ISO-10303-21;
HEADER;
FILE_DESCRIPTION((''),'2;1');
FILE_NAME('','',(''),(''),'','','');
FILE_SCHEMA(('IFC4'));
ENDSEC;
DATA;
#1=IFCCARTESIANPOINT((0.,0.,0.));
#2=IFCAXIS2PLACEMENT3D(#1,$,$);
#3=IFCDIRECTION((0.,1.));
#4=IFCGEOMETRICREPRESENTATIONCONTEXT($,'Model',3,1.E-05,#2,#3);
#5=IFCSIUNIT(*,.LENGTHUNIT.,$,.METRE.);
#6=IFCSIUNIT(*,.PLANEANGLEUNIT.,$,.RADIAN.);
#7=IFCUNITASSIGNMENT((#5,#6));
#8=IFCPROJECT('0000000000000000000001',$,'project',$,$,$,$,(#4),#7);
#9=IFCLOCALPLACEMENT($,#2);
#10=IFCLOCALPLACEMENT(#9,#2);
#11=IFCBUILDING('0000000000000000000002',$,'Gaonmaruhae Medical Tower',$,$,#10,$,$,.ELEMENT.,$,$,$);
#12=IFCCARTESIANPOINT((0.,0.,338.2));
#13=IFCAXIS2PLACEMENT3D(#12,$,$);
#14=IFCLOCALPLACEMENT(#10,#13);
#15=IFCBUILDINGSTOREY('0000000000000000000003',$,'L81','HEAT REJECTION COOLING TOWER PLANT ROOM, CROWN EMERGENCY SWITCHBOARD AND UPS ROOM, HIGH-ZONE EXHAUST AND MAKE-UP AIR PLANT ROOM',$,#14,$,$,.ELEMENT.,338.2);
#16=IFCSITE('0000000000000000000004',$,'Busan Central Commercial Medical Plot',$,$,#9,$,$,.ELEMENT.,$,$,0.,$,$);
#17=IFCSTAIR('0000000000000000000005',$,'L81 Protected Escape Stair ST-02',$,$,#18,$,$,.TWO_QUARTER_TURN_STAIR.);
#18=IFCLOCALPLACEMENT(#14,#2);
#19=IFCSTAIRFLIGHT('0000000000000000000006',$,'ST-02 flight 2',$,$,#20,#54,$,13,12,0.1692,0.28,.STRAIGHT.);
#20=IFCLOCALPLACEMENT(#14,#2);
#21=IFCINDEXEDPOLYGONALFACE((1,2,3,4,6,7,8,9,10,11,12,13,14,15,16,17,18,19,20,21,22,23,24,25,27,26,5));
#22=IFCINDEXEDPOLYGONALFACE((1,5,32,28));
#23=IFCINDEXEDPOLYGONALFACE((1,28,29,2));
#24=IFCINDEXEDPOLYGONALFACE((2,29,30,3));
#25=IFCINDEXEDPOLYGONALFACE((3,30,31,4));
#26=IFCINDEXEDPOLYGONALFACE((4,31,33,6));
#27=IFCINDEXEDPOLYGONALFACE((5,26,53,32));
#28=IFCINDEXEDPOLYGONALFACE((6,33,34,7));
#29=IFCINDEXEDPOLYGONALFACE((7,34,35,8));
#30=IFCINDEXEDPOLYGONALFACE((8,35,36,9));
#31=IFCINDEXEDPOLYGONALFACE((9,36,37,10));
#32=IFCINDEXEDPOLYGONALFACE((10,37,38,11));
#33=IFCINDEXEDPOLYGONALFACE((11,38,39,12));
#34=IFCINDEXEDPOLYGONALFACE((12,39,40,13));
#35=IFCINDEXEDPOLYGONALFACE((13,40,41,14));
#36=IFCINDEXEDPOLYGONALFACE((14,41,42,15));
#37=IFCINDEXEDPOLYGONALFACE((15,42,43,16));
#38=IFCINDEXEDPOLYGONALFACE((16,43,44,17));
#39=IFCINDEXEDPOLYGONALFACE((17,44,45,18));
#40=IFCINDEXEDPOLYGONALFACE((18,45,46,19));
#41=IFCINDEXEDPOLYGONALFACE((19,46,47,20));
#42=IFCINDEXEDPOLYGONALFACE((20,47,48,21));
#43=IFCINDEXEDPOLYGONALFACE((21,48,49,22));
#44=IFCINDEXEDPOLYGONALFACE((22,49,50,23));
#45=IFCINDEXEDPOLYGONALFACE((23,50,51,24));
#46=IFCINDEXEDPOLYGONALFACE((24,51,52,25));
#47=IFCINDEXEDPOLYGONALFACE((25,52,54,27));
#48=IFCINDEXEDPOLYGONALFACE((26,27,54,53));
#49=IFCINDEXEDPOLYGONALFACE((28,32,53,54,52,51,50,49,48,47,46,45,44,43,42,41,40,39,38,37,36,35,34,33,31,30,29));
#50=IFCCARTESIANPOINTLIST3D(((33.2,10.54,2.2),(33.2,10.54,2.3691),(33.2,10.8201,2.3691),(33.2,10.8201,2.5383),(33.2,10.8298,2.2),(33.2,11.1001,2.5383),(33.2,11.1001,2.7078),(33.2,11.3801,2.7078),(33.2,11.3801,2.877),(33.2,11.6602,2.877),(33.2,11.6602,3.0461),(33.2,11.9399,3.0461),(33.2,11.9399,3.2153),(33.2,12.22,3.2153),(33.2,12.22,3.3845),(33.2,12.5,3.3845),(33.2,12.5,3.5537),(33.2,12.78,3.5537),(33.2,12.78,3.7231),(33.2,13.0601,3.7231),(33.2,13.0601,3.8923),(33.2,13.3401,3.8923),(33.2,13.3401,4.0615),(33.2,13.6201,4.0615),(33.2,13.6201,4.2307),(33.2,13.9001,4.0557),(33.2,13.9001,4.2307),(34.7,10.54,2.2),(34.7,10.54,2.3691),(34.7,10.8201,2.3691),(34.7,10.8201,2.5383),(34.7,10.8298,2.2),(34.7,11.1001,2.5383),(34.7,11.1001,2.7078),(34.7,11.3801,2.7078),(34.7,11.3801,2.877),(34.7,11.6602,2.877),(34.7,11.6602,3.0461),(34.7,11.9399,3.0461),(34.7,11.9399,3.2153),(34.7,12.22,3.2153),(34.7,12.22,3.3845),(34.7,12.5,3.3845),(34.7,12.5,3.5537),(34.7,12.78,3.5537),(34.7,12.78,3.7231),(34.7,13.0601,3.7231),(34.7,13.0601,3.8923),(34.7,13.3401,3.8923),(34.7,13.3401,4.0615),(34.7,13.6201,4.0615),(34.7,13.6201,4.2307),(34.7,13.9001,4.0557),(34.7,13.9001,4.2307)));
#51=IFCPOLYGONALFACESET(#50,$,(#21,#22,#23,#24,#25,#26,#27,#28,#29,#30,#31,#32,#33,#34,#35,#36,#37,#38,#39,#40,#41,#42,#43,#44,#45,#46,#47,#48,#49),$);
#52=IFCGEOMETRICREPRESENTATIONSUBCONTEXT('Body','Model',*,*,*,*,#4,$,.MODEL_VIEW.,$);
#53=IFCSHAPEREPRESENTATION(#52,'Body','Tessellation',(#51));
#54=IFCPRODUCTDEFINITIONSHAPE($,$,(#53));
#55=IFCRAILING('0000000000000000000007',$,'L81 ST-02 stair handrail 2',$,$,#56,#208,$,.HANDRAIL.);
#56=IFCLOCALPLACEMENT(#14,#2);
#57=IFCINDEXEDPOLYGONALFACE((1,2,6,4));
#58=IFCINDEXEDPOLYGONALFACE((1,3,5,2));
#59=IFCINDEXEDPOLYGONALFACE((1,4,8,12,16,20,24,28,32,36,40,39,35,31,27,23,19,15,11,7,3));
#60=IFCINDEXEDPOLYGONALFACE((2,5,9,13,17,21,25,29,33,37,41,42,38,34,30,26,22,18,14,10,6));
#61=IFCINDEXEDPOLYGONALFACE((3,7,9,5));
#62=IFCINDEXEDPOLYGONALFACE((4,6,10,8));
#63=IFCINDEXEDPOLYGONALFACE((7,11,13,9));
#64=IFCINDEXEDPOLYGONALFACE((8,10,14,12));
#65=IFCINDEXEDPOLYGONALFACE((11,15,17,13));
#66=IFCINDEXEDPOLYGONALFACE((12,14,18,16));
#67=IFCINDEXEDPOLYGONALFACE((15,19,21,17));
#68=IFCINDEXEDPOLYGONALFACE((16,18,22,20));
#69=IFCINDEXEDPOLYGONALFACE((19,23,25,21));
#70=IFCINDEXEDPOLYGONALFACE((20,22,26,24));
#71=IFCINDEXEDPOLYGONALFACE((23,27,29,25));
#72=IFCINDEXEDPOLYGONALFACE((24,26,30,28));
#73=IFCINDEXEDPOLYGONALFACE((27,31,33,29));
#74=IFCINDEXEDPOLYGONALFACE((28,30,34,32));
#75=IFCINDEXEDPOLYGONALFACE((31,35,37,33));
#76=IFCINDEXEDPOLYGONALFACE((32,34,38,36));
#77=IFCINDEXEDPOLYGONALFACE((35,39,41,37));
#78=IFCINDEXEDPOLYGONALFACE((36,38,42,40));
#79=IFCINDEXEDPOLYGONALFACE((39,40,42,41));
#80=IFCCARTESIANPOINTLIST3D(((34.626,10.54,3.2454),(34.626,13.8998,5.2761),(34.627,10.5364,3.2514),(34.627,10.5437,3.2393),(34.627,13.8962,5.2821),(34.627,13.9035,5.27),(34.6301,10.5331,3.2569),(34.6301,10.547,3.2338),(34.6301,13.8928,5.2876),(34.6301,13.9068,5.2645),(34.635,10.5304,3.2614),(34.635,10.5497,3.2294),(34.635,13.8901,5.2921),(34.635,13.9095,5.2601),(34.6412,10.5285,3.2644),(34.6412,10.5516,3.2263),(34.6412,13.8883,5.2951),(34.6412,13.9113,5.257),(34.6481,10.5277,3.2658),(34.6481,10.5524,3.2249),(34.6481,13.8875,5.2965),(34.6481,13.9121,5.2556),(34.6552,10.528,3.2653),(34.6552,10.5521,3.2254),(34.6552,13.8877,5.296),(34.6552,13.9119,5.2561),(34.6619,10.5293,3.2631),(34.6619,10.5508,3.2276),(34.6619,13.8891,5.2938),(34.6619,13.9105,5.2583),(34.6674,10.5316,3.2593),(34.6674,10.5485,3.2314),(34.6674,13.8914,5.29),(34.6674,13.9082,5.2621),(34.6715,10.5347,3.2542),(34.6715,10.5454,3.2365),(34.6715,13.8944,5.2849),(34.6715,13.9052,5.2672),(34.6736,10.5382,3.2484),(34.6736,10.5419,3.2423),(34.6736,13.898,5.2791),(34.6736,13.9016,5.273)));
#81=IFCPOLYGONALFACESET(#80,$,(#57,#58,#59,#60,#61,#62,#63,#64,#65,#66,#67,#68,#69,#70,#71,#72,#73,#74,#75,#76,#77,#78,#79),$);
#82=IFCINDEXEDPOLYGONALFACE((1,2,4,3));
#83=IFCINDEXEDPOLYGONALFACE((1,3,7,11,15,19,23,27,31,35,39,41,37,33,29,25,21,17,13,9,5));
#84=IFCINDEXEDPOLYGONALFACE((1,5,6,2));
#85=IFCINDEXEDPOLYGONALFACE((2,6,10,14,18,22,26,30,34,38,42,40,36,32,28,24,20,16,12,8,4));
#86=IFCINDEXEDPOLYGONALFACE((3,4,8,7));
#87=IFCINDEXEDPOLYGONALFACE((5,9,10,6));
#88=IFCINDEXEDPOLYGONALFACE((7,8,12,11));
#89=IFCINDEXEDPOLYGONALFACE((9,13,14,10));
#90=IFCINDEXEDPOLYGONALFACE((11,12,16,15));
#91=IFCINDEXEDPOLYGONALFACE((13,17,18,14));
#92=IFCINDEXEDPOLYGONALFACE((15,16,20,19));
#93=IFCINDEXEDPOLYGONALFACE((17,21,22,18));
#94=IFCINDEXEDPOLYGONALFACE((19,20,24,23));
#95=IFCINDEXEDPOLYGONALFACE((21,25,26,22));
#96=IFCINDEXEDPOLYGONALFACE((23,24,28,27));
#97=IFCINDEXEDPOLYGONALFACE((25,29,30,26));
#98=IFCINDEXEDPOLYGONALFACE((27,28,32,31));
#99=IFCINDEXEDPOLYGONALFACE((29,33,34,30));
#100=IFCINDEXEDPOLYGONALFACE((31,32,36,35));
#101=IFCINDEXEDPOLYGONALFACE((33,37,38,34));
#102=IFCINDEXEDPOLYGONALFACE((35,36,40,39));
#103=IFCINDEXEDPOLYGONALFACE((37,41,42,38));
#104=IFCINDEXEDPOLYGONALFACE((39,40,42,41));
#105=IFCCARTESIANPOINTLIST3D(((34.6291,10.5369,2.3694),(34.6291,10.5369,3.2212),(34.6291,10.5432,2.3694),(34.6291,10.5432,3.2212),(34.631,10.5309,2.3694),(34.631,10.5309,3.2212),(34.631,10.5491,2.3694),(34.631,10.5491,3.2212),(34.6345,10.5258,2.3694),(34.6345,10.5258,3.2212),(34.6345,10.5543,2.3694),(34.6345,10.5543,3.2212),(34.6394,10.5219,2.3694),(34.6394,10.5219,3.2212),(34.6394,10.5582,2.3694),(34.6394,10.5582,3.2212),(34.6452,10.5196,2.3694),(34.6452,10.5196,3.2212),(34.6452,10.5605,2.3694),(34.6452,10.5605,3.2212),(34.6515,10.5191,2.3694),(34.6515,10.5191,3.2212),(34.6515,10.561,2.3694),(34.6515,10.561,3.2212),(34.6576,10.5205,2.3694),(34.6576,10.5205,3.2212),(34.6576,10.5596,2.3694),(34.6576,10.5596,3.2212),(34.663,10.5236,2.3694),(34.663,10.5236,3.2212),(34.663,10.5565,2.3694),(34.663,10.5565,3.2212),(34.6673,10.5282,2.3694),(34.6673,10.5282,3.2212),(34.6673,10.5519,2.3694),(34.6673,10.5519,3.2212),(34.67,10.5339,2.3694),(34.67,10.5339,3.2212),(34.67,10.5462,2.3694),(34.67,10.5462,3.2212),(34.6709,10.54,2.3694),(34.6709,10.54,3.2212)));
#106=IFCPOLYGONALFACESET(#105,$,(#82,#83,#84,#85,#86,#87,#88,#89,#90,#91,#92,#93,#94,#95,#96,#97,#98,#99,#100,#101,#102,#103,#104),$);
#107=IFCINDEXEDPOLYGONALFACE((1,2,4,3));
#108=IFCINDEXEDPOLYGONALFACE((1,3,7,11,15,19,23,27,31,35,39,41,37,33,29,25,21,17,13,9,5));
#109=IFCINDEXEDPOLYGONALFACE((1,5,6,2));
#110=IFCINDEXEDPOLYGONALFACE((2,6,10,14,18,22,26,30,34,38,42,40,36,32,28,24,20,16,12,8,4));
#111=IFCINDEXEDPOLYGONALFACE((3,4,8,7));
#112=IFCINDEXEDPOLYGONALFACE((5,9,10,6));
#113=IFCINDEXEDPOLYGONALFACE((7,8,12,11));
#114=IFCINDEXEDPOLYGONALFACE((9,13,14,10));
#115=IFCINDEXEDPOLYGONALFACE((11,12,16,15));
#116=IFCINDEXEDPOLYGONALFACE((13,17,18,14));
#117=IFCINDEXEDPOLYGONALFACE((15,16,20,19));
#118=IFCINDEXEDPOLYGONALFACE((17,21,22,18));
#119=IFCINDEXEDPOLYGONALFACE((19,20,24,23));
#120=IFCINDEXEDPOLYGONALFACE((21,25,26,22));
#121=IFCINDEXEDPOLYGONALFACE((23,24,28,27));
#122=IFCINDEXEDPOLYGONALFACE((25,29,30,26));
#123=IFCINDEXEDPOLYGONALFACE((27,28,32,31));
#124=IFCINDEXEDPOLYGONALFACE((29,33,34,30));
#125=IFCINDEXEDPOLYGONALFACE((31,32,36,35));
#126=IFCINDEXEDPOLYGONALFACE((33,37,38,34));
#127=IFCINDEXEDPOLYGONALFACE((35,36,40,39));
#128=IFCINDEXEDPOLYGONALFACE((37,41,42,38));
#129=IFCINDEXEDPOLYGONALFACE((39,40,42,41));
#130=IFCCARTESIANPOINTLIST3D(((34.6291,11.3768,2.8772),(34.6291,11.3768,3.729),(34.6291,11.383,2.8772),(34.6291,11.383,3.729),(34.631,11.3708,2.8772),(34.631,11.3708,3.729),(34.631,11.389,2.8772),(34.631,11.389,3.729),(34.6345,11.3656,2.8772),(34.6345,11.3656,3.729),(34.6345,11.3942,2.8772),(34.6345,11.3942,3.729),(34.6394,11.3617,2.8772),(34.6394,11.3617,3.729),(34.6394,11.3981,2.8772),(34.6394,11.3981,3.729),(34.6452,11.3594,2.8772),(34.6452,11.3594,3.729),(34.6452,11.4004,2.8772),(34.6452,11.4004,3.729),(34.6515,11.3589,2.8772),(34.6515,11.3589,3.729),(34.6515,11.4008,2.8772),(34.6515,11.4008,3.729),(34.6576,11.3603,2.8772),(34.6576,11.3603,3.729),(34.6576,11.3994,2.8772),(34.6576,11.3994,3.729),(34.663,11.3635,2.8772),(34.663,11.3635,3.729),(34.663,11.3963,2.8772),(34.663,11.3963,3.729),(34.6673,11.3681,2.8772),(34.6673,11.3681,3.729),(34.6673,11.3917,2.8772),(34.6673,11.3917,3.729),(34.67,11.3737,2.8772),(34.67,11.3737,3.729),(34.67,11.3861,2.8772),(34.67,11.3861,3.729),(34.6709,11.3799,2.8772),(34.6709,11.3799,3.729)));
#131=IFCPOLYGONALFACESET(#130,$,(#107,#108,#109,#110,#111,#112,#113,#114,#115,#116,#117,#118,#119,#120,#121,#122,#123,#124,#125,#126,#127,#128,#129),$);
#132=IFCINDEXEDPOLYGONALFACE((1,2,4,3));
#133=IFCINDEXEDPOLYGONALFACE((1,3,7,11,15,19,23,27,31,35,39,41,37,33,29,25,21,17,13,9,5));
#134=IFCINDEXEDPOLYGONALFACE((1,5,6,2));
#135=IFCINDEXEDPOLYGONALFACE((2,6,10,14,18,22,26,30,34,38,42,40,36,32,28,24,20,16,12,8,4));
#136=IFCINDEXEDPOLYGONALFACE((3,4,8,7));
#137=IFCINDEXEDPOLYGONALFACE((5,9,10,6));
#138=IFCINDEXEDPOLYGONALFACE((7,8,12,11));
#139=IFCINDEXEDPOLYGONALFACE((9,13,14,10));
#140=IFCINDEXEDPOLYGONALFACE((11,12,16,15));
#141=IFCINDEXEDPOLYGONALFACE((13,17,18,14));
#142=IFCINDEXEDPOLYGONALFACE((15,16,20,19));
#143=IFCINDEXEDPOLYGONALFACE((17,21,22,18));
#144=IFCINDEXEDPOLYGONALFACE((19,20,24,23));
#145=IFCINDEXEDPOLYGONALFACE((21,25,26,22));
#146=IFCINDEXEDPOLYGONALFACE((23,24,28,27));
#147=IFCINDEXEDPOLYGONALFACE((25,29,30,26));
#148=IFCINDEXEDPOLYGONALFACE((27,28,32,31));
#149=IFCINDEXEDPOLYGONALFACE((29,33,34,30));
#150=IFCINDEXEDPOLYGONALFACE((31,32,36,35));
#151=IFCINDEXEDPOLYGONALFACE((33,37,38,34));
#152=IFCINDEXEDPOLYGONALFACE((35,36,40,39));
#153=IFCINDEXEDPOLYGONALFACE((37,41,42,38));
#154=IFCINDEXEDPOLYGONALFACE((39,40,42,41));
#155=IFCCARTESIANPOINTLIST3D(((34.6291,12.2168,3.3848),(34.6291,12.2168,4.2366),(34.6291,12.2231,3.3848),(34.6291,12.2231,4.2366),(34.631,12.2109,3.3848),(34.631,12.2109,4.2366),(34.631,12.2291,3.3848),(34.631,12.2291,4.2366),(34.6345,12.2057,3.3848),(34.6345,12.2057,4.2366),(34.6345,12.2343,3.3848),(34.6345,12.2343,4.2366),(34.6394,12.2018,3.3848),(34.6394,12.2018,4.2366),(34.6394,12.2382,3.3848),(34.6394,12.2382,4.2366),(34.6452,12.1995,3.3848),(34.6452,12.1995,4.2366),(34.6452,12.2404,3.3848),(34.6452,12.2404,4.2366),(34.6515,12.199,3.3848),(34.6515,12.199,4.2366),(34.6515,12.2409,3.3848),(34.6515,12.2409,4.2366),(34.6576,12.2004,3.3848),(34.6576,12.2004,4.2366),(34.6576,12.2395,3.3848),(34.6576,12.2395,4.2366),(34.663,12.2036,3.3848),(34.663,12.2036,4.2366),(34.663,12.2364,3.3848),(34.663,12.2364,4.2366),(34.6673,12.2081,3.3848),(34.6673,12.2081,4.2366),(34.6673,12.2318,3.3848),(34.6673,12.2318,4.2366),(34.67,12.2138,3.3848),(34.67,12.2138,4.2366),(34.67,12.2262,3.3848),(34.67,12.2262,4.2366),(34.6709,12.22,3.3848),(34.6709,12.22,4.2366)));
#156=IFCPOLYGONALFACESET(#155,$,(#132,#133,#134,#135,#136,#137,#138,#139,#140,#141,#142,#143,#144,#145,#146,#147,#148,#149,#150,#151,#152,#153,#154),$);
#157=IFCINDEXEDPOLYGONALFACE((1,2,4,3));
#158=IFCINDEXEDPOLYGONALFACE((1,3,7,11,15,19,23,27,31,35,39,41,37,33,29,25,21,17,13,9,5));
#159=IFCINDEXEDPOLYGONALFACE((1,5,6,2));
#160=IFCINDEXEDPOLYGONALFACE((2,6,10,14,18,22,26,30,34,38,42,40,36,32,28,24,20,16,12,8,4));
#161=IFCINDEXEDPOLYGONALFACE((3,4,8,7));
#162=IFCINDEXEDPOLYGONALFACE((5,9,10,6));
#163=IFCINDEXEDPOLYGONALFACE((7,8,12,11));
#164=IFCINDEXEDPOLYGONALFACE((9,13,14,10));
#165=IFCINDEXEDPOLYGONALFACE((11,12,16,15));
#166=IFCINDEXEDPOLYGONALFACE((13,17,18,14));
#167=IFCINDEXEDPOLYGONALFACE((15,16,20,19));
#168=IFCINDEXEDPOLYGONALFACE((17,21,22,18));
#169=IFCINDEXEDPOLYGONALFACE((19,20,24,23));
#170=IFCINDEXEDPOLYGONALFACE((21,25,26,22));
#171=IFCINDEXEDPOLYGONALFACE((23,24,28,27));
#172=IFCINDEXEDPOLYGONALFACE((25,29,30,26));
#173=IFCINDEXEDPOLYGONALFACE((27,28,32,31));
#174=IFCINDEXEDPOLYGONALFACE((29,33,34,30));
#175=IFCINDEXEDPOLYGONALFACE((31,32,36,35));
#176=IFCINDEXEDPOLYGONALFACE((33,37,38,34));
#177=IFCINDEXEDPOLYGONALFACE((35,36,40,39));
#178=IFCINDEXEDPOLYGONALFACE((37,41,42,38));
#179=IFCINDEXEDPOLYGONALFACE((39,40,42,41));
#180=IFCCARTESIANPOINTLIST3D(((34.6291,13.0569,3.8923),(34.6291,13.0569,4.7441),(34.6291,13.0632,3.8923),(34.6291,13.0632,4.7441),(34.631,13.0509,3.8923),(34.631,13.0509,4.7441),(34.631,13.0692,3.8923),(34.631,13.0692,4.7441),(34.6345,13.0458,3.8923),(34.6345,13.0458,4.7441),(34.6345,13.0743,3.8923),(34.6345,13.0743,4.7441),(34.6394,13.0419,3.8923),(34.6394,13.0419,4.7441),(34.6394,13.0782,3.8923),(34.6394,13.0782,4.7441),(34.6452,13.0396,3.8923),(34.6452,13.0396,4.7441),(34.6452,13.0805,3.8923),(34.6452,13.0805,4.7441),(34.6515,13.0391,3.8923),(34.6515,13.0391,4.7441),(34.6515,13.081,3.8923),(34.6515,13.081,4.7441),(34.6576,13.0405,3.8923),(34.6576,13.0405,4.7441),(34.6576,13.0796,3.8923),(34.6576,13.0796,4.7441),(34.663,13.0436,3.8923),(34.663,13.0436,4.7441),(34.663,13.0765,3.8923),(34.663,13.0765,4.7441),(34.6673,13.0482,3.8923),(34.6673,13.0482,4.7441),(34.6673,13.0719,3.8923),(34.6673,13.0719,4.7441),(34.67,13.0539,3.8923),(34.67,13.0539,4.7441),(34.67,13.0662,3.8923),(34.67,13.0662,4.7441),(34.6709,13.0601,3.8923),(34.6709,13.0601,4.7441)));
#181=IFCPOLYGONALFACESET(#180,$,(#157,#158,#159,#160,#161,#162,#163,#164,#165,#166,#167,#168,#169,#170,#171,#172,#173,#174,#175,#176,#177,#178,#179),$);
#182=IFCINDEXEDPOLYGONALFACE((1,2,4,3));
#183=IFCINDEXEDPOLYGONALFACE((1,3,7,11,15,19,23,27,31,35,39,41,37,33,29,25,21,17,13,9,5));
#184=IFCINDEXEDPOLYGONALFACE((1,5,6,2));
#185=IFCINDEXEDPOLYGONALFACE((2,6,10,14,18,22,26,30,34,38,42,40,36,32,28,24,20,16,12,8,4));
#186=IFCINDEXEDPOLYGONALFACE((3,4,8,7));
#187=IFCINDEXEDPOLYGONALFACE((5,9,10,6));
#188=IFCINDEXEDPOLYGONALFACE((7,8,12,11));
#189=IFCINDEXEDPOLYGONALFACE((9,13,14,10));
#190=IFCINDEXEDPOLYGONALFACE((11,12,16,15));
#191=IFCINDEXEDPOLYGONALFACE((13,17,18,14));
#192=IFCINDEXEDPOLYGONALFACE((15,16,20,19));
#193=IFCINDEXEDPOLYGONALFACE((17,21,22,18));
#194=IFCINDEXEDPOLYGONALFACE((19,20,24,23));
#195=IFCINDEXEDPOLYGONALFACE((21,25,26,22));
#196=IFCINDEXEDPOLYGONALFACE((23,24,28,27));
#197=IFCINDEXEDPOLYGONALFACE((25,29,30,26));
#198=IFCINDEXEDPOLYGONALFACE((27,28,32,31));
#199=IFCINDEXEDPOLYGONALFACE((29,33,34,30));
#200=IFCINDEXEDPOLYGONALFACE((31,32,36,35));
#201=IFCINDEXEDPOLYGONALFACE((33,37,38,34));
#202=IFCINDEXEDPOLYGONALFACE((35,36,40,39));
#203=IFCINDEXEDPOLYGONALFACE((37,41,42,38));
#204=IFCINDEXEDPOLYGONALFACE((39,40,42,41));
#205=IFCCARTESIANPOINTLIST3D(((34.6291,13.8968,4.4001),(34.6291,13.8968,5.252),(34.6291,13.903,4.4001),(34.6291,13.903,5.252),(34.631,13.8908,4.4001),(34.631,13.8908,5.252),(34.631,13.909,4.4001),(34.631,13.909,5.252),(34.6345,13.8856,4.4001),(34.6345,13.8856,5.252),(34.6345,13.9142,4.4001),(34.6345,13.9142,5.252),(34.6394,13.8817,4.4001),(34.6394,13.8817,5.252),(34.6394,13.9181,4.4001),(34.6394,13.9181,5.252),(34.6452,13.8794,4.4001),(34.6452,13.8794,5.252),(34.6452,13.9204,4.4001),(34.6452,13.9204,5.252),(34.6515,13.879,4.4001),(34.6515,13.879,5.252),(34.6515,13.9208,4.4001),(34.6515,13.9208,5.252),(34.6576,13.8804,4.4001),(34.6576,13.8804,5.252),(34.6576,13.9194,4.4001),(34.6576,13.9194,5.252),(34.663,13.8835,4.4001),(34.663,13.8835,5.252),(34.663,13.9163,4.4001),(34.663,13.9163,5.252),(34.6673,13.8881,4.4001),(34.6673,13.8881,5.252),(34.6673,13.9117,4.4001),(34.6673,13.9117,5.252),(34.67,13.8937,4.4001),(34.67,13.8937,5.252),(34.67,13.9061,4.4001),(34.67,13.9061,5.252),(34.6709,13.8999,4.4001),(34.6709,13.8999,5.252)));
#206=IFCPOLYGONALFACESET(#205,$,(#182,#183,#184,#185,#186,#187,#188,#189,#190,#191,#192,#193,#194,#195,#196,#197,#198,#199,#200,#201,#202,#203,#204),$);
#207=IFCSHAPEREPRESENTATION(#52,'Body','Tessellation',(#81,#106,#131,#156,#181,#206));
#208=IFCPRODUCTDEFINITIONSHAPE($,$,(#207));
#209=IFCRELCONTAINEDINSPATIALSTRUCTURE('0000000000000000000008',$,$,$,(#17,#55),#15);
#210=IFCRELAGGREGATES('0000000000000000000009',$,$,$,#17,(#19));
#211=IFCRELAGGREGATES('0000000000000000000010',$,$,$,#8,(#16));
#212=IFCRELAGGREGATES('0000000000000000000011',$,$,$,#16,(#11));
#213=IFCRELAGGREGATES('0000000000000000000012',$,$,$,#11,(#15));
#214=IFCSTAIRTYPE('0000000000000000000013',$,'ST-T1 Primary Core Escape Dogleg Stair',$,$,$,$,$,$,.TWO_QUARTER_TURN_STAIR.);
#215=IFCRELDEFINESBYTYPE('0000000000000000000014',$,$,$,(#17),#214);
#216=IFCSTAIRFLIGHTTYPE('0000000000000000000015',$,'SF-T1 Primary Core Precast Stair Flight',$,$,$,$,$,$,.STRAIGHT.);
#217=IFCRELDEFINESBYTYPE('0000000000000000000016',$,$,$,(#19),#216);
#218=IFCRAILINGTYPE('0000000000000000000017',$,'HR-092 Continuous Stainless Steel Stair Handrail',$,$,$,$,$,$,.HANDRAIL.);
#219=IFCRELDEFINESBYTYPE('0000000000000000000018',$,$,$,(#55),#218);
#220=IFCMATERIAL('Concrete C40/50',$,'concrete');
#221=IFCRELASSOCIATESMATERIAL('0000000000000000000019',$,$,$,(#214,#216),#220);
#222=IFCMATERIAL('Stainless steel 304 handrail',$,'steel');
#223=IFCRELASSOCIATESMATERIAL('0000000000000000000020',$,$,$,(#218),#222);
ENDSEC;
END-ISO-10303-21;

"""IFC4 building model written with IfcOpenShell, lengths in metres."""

from ifc_helpers import new_model, si_unit, direction, frame, origin, origin_2d, place, context, subcontext, project, spatial, polyline, circle, outline, extrude, material, type_object, element, aggregate, save


model = new_model("IFC4")

# Units and contexts
model_context = context("Model", 3, precision=1e-05, world=origin(), true_north=direction((0.0, 1.0)))
body_context = subcontext(model_context, "Body", "Model", "MODEL_VIEW")
ifc_project = project(units=[si_unit("LENGTHUNIT", "METRE"), si_unit("PLANEANGLEUNIT", "RADIAN")], contexts=[model_context])

# Site, building, storey
site_placement = place(None, origin())
site = spatial("IfcSite", under=ifc_project, at=site_placement, Name="Busan Central Commercial Medical Plot", CompositionType="ELEMENT", RefElevation=0.0)
building_placement = place(site_placement, origin())
building = spatial("IfcBuilding", under=site, at=building_placement, Name="Gaonmaruhae Medical Tower", CompositionType="ELEMENT")
storey_placement = place(building_placement, frame((0.0, 0.0, 338.2)))
storey = spatial("IfcBuildingStorey", under=building, at=storey_placement, Name="L81", Description="HEAT REJECTION COOLING TOWER PLANT ROOM, CROWN EMERGENCY SWITCHBOARD AND UPS ROOM, HIGH-ZONE EXHAUST AND MAKE-UP AIR PLANT ROOM", CompositionType="ELEMENT", Elevation=338.2)

# Stair, stair flight
ifc_material_1 = material(Name="Concrete C40/50", Category="concrete")
stair_type = type_object("IfcStairType", Name="ST-T1 Primary Core Escape Dogleg Stair", PredefinedType="TWO_QUARTER_TURN_STAIR", material=ifc_material_1)
stair_placement = place(storey_placement, origin())
stair = element("IfcStair", 1, at=stair_placement, inside=storey, type_object=stair_type, Name="L81 Protected Escape Stair ST-02", PredefinedType="TWO_QUARTER_TURN_STAIR")
stair_flight_type = type_object("IfcStairFlightType", Name="SF-T1 Primary Core Precast Stair Flight", PredefinedType="STRAIGHT", material=ifc_material_1)
stair_flight_placement = place(storey_placement, frame((33.95, 10.54, 2.2), z_axis=(0.0, 0.0, 1.0), x_axis=(0.0, 1.0, 0.0)))
stair_flight = element("IfcStairFlight", 2, at=stair_flight_placement, type_object=stair_flight_type, Name="ST-02 flight 2", NumberOfRisers=13, NumberOfTreads=12, PredefinedType="STRAIGHT", RiserHeight=0.1692, TreadLength=0.28, context=body_context, shape_type="SweptSolid", body=[
    extrude(outline(polyline([(0.0, 0.0), (0.0, 0.1692), (0.28, 0.1692), (0.28, 0.3384), (0.5601, 0.3384), (0.5601, 0.5078), (0.8401, 0.5078), (0.8401, 0.677), (1.1201, 0.677), (1.1201, 0.8462), (1.3999, 0.8462), (1.3999, 1.0154), (1.6799, 1.0154), (1.6799, 1.1846), (1.96, 1.1846), (1.96, 1.3538), (2.24, 1.3538), (2.24, 1.5232), (2.52, 1.5232), (2.52, 1.6924), (2.8, 1.6924), (2.8, 1.8616), (3.0801, 1.8616), (3.0801, 2.0308), (3.3601, 2.0308), (3.3601, 2.2), (3.3601, 1.8557), (0.2898, 0.0), (0.0, 0.0)])), frame((0.0, 0.75, 0.0), z_axis=(0.0, -1.0, 0.0), x_axis=(1.0, 0.0, 0.0)), (0.0, 0.0, 1.0), 1.5),
])
aggregate(stair, [stair_flight])

# Railing
ifc_material_2 = material(Name="Stainless steel 304 handrail", Category="steel")
railing_type_1 = type_object("IfcRailingType", Name="HR-092 Continuous Stainless Steel Stair Handrail", PredefinedType="HANDRAIL", material=ifc_material_2)
railing_1_placement = place(storey_placement, frame((34.6499, 10.54, 2.3694)))
element("IfcRailing", 3, at=railing_1_placement, inside=storey, type_object=railing_type_1, Name="L81 ST-02 stair handrail 2", PredefinedType="HANDRAIL", context=body_context, shape_type="SweptSolid", body=[
    extrude(circle(Radius=0.0239, at=origin_2d()), frame((0.0, 0.0, 0.876), z_axis=(0.0, 0.85582, 0.517273), x_axis=(-1.0, 0.0, 0.0)), (0.0, 0.0, 1.0), 3.9258),
    extrude(circle(Radius=0.021, at=origin_2d()), origin(), (0.0, 0.0, 1.0), 0.8518),
    extrude(circle(Radius=0.021, at=origin_2d()), frame((0.0, 0.8398, 0.5078)), (0.0, 0.0, 1.0), 0.8518),
    extrude(circle(Radius=0.021, at=origin_2d()), frame((0.0, 1.6799, 1.0154)), (0.0, 0.0, 1.0), 0.8518),
    extrude(circle(Radius=0.021, at=origin_2d()), frame((0.0, 2.52, 1.5229)), (0.0, 0.0, 1.0), 0.8518),
    extrude(circle(Radius=0.021, at=origin_2d()), frame((0.0, 3.3599, 2.0308)), (0.0, 0.0, 1.0), 0.8518),
])

save(model, "model.ifc")
